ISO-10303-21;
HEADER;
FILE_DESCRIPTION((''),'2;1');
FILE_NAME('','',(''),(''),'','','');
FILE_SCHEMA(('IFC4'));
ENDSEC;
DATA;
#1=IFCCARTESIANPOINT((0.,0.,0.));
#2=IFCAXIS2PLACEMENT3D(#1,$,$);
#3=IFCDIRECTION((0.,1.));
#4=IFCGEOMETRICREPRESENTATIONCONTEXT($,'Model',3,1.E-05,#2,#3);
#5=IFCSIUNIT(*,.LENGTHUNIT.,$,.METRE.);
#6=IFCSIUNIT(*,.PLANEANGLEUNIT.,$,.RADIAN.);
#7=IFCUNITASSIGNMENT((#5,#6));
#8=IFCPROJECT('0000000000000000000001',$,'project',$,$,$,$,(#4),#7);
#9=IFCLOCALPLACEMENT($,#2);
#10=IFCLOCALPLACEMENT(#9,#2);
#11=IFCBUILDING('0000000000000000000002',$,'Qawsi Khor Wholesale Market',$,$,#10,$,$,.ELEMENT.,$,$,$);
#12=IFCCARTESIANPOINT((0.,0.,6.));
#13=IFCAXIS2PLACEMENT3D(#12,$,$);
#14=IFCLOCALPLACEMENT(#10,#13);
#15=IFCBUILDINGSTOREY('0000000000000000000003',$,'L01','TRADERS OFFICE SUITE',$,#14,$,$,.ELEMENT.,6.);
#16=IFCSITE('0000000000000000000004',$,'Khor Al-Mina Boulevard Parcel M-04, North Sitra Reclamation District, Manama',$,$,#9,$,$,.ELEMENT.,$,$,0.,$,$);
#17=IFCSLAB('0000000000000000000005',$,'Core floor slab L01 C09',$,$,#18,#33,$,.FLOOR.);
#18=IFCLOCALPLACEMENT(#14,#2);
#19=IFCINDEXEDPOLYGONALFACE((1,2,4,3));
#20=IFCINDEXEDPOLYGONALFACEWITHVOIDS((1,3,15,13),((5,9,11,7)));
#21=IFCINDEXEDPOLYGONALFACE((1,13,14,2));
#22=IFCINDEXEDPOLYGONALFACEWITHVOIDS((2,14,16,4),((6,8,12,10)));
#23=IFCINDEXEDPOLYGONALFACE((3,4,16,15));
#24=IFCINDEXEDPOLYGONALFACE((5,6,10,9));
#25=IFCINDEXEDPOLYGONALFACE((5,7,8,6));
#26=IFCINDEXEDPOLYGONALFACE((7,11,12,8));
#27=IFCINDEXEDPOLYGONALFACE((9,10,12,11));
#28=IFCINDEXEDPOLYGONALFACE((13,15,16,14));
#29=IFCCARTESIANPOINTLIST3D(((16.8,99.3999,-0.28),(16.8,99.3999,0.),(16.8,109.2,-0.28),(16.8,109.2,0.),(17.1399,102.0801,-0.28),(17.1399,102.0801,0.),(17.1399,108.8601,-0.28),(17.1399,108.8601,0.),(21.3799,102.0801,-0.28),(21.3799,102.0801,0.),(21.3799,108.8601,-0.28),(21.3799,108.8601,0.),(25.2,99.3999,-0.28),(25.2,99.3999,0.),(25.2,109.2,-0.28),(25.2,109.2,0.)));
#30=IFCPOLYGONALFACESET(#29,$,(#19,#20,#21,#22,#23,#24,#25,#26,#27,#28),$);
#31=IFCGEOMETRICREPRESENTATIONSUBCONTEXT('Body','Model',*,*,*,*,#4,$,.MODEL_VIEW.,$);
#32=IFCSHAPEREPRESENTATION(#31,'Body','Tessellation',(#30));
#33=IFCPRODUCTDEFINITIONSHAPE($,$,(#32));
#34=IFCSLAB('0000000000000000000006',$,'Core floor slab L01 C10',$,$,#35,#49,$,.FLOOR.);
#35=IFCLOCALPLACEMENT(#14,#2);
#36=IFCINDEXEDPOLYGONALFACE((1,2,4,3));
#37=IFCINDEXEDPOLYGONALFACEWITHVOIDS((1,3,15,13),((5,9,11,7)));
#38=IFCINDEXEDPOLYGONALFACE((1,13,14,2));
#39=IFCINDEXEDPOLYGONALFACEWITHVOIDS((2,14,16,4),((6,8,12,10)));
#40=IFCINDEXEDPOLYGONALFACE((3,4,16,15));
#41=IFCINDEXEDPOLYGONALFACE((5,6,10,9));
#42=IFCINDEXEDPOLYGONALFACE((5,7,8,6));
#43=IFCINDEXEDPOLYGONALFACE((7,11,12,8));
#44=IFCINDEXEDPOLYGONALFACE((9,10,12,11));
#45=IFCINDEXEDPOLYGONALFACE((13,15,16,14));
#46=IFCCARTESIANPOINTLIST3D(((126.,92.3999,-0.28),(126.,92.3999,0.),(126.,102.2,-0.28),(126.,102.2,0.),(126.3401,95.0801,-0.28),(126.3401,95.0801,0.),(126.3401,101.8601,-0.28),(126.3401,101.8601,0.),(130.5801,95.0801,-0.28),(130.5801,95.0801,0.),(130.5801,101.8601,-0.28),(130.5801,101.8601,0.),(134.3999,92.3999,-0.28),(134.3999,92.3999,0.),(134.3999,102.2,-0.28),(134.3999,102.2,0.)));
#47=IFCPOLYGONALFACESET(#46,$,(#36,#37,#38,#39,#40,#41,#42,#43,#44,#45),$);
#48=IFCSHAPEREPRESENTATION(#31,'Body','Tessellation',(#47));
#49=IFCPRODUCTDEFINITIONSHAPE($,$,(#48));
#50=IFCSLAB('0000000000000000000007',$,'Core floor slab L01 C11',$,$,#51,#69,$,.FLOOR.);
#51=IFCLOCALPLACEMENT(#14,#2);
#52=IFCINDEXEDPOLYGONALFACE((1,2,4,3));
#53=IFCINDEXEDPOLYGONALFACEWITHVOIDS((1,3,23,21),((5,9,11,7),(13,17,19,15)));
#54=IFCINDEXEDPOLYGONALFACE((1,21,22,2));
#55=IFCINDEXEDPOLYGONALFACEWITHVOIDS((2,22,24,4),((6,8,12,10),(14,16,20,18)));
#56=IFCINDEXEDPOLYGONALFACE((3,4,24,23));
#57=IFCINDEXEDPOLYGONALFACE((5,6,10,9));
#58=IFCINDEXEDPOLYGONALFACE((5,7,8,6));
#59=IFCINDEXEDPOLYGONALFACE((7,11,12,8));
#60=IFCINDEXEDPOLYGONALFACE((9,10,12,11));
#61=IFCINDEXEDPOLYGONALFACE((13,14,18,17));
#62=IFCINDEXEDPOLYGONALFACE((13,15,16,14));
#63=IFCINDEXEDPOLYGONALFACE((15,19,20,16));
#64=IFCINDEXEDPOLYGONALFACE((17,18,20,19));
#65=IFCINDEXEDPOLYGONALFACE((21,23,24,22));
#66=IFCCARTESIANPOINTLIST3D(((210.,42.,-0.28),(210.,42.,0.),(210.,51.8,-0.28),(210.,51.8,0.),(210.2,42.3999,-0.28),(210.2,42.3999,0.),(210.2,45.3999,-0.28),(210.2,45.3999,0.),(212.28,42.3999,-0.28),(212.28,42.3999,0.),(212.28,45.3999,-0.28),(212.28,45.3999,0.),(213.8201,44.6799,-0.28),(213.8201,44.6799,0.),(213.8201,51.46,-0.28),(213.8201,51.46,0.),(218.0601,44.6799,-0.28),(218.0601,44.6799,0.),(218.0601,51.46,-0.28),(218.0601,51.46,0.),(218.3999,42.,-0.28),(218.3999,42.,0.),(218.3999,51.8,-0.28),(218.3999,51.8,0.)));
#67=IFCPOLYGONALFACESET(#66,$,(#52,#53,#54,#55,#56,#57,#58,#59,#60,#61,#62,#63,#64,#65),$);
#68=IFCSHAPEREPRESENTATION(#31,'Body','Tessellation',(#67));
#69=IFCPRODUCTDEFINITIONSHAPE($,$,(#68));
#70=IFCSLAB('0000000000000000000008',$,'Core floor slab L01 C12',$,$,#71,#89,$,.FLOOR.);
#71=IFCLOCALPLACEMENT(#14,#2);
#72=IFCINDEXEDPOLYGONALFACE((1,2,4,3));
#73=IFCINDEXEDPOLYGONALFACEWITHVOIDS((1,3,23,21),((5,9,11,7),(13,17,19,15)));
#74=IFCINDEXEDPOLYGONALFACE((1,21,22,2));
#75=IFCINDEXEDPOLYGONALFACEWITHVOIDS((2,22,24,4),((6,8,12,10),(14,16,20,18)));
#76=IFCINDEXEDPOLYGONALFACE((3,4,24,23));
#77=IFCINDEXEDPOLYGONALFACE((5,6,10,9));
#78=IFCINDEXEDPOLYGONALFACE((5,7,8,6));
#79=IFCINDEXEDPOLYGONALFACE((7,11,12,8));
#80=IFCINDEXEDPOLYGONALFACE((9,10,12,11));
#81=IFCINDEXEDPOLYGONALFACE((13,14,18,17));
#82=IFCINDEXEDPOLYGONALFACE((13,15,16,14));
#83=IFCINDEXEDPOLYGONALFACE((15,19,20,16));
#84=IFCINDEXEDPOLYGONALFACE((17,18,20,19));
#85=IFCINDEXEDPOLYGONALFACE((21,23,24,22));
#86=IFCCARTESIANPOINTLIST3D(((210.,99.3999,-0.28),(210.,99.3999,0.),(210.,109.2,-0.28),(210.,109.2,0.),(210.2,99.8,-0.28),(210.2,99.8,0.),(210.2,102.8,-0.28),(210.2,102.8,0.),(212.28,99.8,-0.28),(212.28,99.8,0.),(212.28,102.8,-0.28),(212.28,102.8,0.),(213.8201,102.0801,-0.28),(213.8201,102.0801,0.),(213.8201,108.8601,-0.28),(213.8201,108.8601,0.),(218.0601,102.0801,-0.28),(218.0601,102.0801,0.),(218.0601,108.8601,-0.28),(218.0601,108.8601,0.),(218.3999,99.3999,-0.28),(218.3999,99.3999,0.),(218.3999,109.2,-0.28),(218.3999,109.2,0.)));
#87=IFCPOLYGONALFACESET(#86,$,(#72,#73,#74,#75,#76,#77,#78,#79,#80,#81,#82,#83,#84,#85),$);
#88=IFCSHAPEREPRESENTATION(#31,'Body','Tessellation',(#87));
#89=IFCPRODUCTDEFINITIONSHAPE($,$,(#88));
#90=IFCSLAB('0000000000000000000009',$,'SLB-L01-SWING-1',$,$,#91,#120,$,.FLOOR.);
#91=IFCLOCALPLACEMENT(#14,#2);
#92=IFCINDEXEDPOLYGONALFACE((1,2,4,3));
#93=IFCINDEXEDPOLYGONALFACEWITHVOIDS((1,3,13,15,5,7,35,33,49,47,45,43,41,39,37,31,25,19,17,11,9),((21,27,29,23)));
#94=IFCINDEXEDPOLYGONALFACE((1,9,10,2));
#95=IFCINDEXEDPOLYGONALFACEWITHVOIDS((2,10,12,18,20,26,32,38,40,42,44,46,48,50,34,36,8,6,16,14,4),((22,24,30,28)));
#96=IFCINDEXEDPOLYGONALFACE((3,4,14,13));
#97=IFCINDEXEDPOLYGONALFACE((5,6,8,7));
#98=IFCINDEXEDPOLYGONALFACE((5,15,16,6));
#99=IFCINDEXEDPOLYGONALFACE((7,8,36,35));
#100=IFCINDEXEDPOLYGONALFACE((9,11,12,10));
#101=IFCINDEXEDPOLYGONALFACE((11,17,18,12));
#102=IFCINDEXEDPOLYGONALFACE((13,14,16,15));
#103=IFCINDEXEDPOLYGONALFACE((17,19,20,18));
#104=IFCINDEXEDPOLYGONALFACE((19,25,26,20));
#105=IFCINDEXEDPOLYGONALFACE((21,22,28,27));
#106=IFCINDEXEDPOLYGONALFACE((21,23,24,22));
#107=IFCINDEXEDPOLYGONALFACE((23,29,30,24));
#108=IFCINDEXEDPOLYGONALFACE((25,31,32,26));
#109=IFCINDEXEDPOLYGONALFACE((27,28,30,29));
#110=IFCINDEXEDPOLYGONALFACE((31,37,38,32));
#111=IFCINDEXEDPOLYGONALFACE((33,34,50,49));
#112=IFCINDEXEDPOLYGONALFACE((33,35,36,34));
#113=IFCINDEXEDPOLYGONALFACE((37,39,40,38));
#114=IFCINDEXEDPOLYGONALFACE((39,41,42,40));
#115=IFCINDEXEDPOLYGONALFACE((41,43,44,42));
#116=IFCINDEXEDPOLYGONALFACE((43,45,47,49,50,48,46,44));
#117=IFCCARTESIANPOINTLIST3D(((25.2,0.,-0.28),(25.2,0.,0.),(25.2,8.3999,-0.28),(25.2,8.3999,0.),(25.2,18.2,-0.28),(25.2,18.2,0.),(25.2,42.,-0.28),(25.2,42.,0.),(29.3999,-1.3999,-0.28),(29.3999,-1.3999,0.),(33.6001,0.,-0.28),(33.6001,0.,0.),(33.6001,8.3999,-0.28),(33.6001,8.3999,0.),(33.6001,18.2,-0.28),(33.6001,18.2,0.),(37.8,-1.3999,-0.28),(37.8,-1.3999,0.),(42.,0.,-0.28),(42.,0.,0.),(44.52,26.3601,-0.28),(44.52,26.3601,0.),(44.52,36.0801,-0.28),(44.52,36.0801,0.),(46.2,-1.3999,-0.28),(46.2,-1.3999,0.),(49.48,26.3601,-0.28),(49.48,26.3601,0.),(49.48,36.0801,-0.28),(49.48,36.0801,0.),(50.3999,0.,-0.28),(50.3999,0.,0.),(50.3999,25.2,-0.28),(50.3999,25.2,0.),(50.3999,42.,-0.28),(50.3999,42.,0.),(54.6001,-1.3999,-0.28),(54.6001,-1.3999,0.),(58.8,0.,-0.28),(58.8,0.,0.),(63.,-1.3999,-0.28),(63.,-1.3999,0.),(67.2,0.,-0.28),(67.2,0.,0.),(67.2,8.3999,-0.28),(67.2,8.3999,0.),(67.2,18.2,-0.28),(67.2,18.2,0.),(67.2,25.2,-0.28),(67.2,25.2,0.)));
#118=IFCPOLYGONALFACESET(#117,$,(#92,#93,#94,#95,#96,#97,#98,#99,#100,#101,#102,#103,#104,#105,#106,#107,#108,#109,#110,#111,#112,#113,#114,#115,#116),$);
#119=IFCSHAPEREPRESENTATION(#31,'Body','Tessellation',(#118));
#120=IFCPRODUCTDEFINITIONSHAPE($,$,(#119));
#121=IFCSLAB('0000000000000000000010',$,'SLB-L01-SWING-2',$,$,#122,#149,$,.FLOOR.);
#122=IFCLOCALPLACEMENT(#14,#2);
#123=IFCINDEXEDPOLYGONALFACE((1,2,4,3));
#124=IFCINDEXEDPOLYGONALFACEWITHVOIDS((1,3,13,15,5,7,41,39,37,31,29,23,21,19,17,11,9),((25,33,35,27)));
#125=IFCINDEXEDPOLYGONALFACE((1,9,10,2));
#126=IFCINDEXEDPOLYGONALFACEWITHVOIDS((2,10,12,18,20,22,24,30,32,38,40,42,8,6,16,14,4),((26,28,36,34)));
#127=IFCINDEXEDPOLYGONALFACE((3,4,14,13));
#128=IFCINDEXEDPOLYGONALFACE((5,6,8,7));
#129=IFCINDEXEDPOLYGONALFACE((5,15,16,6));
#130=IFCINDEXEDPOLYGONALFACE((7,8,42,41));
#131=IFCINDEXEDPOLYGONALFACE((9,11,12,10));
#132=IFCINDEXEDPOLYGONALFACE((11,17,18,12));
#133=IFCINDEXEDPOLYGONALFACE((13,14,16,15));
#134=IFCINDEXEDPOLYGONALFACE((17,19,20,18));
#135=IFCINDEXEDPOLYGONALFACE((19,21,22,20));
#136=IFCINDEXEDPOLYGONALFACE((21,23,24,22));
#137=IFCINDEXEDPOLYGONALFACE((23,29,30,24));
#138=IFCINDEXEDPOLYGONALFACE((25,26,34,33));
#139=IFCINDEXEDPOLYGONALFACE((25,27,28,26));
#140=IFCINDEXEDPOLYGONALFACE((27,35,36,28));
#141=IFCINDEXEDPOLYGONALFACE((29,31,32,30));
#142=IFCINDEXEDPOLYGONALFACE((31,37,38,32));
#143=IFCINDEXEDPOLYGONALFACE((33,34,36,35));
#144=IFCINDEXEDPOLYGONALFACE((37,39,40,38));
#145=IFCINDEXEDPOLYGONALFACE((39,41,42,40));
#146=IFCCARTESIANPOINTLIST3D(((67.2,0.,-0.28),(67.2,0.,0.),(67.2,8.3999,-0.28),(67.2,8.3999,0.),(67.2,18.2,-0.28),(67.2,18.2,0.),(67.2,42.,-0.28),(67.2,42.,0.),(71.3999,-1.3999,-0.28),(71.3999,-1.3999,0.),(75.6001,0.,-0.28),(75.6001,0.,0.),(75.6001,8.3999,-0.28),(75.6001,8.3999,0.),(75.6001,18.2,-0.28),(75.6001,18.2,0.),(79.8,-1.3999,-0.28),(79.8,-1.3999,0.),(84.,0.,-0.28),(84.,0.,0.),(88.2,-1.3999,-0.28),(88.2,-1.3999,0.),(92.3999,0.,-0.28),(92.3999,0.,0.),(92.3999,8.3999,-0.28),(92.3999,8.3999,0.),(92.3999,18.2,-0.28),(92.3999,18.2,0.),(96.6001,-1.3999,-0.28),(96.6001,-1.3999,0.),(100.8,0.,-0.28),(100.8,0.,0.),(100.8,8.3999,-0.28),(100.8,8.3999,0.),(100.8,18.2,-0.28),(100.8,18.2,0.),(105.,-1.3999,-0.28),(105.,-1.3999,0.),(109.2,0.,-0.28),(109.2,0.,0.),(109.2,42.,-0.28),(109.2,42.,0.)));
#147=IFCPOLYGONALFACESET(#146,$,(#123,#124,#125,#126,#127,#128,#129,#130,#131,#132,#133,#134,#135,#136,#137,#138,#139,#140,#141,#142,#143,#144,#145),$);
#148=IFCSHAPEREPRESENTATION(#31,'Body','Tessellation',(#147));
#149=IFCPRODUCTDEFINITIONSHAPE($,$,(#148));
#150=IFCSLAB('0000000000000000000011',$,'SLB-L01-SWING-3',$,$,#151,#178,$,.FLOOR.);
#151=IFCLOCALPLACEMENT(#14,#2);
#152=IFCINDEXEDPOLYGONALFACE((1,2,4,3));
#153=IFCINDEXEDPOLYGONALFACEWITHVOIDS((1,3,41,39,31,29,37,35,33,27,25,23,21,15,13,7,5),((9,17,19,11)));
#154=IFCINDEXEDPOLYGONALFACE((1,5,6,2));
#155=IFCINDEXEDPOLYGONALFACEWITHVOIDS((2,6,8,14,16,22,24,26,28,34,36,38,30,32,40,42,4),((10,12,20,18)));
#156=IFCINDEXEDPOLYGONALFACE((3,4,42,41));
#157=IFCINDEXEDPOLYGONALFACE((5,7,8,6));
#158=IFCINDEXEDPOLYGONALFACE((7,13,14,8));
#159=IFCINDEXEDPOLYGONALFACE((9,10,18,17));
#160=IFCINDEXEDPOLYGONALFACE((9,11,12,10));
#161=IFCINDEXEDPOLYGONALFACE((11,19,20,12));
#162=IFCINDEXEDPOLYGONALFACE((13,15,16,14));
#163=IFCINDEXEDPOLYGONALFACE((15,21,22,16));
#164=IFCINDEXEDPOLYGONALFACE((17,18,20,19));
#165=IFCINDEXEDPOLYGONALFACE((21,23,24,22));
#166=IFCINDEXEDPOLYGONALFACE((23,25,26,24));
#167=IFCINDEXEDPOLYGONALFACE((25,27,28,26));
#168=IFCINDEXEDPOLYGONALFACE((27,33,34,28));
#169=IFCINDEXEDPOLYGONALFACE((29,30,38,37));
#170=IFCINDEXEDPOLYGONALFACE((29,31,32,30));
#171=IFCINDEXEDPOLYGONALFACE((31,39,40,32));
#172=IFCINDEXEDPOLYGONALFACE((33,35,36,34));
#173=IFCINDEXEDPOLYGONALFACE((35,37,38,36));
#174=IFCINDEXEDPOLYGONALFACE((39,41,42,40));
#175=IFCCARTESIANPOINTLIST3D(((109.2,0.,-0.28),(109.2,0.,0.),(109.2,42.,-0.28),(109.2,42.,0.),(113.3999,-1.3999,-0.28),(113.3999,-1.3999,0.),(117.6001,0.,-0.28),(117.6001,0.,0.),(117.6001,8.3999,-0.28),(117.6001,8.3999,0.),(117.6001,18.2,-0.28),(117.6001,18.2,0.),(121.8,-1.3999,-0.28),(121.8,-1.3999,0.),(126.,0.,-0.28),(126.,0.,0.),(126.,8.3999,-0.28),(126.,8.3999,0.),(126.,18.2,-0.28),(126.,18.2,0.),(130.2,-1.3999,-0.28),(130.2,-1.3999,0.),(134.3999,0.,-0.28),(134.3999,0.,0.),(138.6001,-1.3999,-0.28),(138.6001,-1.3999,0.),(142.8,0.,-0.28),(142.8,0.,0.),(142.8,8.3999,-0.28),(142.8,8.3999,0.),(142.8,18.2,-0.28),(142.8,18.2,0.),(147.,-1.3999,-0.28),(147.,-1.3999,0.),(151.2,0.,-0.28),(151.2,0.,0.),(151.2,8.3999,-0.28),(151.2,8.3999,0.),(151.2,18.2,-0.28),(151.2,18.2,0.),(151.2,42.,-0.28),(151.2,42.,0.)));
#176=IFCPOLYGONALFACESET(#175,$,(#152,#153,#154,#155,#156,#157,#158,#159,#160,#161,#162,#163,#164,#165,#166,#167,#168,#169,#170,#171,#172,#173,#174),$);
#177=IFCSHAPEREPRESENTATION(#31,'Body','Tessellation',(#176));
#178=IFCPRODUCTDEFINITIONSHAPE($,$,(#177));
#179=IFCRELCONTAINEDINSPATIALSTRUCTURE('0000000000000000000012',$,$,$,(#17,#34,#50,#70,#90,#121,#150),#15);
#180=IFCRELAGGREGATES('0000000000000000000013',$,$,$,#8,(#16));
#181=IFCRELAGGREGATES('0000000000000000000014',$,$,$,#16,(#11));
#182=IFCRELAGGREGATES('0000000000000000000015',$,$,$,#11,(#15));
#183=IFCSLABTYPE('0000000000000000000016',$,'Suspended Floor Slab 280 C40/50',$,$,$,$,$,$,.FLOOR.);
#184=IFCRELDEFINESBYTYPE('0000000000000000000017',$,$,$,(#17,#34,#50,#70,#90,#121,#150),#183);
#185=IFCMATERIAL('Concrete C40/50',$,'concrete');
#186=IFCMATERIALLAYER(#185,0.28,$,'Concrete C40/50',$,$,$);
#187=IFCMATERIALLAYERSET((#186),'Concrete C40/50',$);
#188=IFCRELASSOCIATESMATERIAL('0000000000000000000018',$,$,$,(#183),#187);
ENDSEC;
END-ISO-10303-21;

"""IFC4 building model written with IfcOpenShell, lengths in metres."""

from ifc_helpers import new_model, si_unit, direction, frame, origin, place, context, subcontext, project, spatial, polyline, outline, extrude, material, layer, layer_set, type_object, element, save


model = new_model("IFC4")

# Units and contexts
model_context = context("Model", 3, precision=1e-05, world=origin(), true_north=direction((0.0, 1.0)))
body_context = subcontext(model_context, "Body", "Model", "MODEL_VIEW")
ifc_project = project(units=[si_unit("LENGTHUNIT", "METRE"), si_unit("PLANEANGLEUNIT", "RADIAN")], contexts=[model_context])

# Site, building, storey
site_placement = place(None, origin())
site = spatial("IfcSite", under=ifc_project, at=site_placement, Name="Khor Al-Mina Boulevard Parcel M-04, North Sitra Reclamation District, Manama", CompositionType="ELEMENT", RefElevation=0.0)
building_placement = place(site_placement, origin())
building = spatial("IfcBuilding", under=site, at=building_placement, Name="Qawsi Khor Wholesale Market", CompositionType="ELEMENT")
storey_placement = place(building_placement, frame((0.0, 0.0, 6.0)))
storey = spatial("IfcBuildingStorey", under=building, at=storey_placement, Name="L01", Description="TRADERS OFFICE SUITE", CompositionType="ELEMENT", Elevation=6.0)

# Shared definitions
ifc_material_1 = material(Name="Concrete C40/50", Category="concrete")

# Slabs
ifc_layer_1 = layer(ifc_material_1, 0.28, Name="Concrete C40/50")
ifc_layer_set_1 = layer_set([ifc_layer_1], Name="Concrete C40/50")
slab_type_1 = type_object("IfcSlabType", Name="Suspended Floor Slab 280 C40/50", PredefinedType="FLOOR", material=ifc_layer_set_1)
slab_1_placement = place(storey_placement, frame((0.0, 0.0, -0.28)))
element("IfcSlab", 1, at=slab_1_placement, inside=storey, type_object=slab_type_1, Name="Core floor slab L01 C09", PredefinedType="FLOOR", context=body_context, shape_type="SweptSolid", body=[
    extrude(outline(polyline([(16.8, 109.2), (25.2, 109.2), (25.2, 99.3999), (16.8, 99.3999), (16.8, 109.2)]), holes=[polyline([(21.3799, 102.0801), (21.3799, 108.8601), (17.1399, 108.8601), (17.1399, 102.0801), (21.3799, 102.0801)])]), origin(), (0.0, 0.0, 1.0), 0.28),
])
slab_2_placement = place(storey_placement, frame((0.0, 0.0, -0.28)))
element("IfcSlab", 2, at=slab_2_placement, inside=storey, type_object=slab_type_1, Name="Core floor slab L01 C10", PredefinedType="FLOOR", context=body_context, shape_type="SweptSolid", body=[
    extrude(outline(polyline([(126.0, 102.2), (134.3999, 102.2), (134.3999, 92.3999), (126.0, 92.3999), (126.0, 102.2)]), holes=[polyline([(130.5801, 95.0801), (130.5801, 101.8601), (126.3401, 101.8601), (126.3401, 95.0801), (130.5801, 95.0801)])]), origin(), (0.0, 0.0, 1.0), 0.28),
])
slab_3_placement = place(storey_placement, frame((0.0, 0.0, -0.28)))
element("IfcSlab", 3, at=slab_3_placement, inside=storey, type_object=slab_type_1, Name="Core floor slab L01 C11", PredefinedType="FLOOR", context=body_context, shape_type="SweptSolid", body=[
    extrude(outline(polyline([(210.0, 51.8), (218.3999, 51.8), (218.3999, 42.0), (210.0, 42.0), (210.0, 51.8)]), holes=[polyline([(210.2, 42.3999), (212.28, 42.3999), (212.28, 45.3999), (210.2, 45.3999), (210.2, 42.3999)]), polyline([(213.8201, 44.6799), (218.0601, 44.6799), (218.0601, 51.46), (213.8201, 51.46), (213.8201, 44.6799)])]), origin(), (0.0, 0.0, 1.0), 0.28),
])
slab_4_placement = place(storey_placement, frame((0.0, 0.0, -0.28)))
element("IfcSlab", 4, at=slab_4_placement, inside=storey, type_object=slab_type_1, Name="Core floor slab L01 C12", PredefinedType="FLOOR", context=body_context, shape_type="SweptSolid", body=[
    extrude(outline(polyline([(210.0, 109.2), (218.3999, 109.2), (218.3999, 99.3999), (210.0, 99.3999), (210.0, 109.2)]), holes=[polyline([(210.2, 99.8), (212.28, 99.8), (212.28, 102.8), (210.2, 102.8), (210.2, 99.8)]), polyline([(213.8201, 102.0801), (218.0601, 102.0801), (218.0601, 108.8601), (213.8201, 108.8601), (213.8201, 102.0801)])]), origin(), (0.0, 0.0, 1.0), 0.28),
])
slab_5_placement = place(storey_placement, frame((0.0, 0.0, -0.28)))
element("IfcSlab", 5, at=slab_5_placement, inside=storey, type_object=slab_type_1, Name="SLB-L01-SWING-1", PredefinedType="FLOOR", context=body_context, shape_type="SweptSolid", body=[
    extrude(outline(polyline([(25.2, 8.3999), (33.6001, 8.3999), (33.6001, 18.2), (25.2, 18.2), (25.2, 42.0), (50.3999, 42.0), (50.3999, 25.2), (67.2, 25.2), (67.2, 18.2), (67.2, 8.3999), (67.2, 0.0), (63.0, -1.3999), (58.8, 0.0), (54.6001, -1.3999), (50.3999, 0.0), (46.2, -1.3999), (42.0, 0.0), (37.8, -1.3999), (33.6001, 0.0), (29.3999, -1.3999), (25.2, 0.0), (25.2, 8.3999)]), holes=[polyline([(49.48, 26.3601), (49.48, 36.0801), (44.52, 36.0801), (44.52, 26.3601), (49.48, 26.3601)])]), origin(), (0.0, 0.0, 1.0), 0.28),
])
slab_6_placement = place(storey_placement, frame((0.0, 0.0, -0.28)))
element("IfcSlab", 6, at=slab_6_placement, inside=storey, type_object=slab_type_1, Name="SLB-L01-SWING-2", PredefinedType="FLOOR", context=body_context, shape_type="SweptSolid", body=[
    extrude(outline(polyline([(67.2, 8.3999), (75.6001, 8.3999), (75.6001, 18.2), (67.2, 18.2), (67.2, 42.0), (109.2, 42.0), (109.2, 0.0), (105.0, -1.3999), (100.8, 0.0), (96.6001, -1.3999), (92.3999, 0.0), (88.2, -1.3999), (84.0, 0.0), (79.8, -1.3999), (75.6001, 0.0), (71.3999, -1.3999), (67.2, 0.0), (67.2, 8.3999)]), holes=[polyline([(100.8, 8.3999), (100.8, 18.2), (92.3999, 18.2), (92.3999, 8.3999), (100.8, 8.3999)])]), origin(), (0.0, 0.0, 1.0), 0.28),
])
slab_7_placement = place(storey_placement, frame((0.0, 0.0, -0.28)))
element("IfcSlab", 7, at=slab_7_placement, inside=storey, type_object=slab_type_1, Name="SLB-L01-SWING-3", PredefinedType="FLOOR", context=body_context, shape_type="SweptSolid", body=[
    extrude(outline(polyline([(109.2, 42.0), (151.2, 42.0), (151.2, 18.2), (142.8, 18.2), (142.8, 8.3999), (151.2, 8.3999), (151.2, 0.0), (147.0, -1.3999), (142.8, 0.0), (138.6001, -1.3999), (134.3999, 0.0), (130.2, -1.3999), (126.0, 0.0), (121.8, -1.3999), (117.6001, 0.0), (113.3999, -1.3999), (109.2, 0.0), (109.2, 42.0)]), holes=[polyline([(126.0, 18.2), (117.6001, 18.2), (117.6001, 8.3999), (126.0, 8.3999), (126.0, 18.2)])]), origin(), (0.0, 0.0, 1.0), 0.28),
])

save(model, "model.ifc")
